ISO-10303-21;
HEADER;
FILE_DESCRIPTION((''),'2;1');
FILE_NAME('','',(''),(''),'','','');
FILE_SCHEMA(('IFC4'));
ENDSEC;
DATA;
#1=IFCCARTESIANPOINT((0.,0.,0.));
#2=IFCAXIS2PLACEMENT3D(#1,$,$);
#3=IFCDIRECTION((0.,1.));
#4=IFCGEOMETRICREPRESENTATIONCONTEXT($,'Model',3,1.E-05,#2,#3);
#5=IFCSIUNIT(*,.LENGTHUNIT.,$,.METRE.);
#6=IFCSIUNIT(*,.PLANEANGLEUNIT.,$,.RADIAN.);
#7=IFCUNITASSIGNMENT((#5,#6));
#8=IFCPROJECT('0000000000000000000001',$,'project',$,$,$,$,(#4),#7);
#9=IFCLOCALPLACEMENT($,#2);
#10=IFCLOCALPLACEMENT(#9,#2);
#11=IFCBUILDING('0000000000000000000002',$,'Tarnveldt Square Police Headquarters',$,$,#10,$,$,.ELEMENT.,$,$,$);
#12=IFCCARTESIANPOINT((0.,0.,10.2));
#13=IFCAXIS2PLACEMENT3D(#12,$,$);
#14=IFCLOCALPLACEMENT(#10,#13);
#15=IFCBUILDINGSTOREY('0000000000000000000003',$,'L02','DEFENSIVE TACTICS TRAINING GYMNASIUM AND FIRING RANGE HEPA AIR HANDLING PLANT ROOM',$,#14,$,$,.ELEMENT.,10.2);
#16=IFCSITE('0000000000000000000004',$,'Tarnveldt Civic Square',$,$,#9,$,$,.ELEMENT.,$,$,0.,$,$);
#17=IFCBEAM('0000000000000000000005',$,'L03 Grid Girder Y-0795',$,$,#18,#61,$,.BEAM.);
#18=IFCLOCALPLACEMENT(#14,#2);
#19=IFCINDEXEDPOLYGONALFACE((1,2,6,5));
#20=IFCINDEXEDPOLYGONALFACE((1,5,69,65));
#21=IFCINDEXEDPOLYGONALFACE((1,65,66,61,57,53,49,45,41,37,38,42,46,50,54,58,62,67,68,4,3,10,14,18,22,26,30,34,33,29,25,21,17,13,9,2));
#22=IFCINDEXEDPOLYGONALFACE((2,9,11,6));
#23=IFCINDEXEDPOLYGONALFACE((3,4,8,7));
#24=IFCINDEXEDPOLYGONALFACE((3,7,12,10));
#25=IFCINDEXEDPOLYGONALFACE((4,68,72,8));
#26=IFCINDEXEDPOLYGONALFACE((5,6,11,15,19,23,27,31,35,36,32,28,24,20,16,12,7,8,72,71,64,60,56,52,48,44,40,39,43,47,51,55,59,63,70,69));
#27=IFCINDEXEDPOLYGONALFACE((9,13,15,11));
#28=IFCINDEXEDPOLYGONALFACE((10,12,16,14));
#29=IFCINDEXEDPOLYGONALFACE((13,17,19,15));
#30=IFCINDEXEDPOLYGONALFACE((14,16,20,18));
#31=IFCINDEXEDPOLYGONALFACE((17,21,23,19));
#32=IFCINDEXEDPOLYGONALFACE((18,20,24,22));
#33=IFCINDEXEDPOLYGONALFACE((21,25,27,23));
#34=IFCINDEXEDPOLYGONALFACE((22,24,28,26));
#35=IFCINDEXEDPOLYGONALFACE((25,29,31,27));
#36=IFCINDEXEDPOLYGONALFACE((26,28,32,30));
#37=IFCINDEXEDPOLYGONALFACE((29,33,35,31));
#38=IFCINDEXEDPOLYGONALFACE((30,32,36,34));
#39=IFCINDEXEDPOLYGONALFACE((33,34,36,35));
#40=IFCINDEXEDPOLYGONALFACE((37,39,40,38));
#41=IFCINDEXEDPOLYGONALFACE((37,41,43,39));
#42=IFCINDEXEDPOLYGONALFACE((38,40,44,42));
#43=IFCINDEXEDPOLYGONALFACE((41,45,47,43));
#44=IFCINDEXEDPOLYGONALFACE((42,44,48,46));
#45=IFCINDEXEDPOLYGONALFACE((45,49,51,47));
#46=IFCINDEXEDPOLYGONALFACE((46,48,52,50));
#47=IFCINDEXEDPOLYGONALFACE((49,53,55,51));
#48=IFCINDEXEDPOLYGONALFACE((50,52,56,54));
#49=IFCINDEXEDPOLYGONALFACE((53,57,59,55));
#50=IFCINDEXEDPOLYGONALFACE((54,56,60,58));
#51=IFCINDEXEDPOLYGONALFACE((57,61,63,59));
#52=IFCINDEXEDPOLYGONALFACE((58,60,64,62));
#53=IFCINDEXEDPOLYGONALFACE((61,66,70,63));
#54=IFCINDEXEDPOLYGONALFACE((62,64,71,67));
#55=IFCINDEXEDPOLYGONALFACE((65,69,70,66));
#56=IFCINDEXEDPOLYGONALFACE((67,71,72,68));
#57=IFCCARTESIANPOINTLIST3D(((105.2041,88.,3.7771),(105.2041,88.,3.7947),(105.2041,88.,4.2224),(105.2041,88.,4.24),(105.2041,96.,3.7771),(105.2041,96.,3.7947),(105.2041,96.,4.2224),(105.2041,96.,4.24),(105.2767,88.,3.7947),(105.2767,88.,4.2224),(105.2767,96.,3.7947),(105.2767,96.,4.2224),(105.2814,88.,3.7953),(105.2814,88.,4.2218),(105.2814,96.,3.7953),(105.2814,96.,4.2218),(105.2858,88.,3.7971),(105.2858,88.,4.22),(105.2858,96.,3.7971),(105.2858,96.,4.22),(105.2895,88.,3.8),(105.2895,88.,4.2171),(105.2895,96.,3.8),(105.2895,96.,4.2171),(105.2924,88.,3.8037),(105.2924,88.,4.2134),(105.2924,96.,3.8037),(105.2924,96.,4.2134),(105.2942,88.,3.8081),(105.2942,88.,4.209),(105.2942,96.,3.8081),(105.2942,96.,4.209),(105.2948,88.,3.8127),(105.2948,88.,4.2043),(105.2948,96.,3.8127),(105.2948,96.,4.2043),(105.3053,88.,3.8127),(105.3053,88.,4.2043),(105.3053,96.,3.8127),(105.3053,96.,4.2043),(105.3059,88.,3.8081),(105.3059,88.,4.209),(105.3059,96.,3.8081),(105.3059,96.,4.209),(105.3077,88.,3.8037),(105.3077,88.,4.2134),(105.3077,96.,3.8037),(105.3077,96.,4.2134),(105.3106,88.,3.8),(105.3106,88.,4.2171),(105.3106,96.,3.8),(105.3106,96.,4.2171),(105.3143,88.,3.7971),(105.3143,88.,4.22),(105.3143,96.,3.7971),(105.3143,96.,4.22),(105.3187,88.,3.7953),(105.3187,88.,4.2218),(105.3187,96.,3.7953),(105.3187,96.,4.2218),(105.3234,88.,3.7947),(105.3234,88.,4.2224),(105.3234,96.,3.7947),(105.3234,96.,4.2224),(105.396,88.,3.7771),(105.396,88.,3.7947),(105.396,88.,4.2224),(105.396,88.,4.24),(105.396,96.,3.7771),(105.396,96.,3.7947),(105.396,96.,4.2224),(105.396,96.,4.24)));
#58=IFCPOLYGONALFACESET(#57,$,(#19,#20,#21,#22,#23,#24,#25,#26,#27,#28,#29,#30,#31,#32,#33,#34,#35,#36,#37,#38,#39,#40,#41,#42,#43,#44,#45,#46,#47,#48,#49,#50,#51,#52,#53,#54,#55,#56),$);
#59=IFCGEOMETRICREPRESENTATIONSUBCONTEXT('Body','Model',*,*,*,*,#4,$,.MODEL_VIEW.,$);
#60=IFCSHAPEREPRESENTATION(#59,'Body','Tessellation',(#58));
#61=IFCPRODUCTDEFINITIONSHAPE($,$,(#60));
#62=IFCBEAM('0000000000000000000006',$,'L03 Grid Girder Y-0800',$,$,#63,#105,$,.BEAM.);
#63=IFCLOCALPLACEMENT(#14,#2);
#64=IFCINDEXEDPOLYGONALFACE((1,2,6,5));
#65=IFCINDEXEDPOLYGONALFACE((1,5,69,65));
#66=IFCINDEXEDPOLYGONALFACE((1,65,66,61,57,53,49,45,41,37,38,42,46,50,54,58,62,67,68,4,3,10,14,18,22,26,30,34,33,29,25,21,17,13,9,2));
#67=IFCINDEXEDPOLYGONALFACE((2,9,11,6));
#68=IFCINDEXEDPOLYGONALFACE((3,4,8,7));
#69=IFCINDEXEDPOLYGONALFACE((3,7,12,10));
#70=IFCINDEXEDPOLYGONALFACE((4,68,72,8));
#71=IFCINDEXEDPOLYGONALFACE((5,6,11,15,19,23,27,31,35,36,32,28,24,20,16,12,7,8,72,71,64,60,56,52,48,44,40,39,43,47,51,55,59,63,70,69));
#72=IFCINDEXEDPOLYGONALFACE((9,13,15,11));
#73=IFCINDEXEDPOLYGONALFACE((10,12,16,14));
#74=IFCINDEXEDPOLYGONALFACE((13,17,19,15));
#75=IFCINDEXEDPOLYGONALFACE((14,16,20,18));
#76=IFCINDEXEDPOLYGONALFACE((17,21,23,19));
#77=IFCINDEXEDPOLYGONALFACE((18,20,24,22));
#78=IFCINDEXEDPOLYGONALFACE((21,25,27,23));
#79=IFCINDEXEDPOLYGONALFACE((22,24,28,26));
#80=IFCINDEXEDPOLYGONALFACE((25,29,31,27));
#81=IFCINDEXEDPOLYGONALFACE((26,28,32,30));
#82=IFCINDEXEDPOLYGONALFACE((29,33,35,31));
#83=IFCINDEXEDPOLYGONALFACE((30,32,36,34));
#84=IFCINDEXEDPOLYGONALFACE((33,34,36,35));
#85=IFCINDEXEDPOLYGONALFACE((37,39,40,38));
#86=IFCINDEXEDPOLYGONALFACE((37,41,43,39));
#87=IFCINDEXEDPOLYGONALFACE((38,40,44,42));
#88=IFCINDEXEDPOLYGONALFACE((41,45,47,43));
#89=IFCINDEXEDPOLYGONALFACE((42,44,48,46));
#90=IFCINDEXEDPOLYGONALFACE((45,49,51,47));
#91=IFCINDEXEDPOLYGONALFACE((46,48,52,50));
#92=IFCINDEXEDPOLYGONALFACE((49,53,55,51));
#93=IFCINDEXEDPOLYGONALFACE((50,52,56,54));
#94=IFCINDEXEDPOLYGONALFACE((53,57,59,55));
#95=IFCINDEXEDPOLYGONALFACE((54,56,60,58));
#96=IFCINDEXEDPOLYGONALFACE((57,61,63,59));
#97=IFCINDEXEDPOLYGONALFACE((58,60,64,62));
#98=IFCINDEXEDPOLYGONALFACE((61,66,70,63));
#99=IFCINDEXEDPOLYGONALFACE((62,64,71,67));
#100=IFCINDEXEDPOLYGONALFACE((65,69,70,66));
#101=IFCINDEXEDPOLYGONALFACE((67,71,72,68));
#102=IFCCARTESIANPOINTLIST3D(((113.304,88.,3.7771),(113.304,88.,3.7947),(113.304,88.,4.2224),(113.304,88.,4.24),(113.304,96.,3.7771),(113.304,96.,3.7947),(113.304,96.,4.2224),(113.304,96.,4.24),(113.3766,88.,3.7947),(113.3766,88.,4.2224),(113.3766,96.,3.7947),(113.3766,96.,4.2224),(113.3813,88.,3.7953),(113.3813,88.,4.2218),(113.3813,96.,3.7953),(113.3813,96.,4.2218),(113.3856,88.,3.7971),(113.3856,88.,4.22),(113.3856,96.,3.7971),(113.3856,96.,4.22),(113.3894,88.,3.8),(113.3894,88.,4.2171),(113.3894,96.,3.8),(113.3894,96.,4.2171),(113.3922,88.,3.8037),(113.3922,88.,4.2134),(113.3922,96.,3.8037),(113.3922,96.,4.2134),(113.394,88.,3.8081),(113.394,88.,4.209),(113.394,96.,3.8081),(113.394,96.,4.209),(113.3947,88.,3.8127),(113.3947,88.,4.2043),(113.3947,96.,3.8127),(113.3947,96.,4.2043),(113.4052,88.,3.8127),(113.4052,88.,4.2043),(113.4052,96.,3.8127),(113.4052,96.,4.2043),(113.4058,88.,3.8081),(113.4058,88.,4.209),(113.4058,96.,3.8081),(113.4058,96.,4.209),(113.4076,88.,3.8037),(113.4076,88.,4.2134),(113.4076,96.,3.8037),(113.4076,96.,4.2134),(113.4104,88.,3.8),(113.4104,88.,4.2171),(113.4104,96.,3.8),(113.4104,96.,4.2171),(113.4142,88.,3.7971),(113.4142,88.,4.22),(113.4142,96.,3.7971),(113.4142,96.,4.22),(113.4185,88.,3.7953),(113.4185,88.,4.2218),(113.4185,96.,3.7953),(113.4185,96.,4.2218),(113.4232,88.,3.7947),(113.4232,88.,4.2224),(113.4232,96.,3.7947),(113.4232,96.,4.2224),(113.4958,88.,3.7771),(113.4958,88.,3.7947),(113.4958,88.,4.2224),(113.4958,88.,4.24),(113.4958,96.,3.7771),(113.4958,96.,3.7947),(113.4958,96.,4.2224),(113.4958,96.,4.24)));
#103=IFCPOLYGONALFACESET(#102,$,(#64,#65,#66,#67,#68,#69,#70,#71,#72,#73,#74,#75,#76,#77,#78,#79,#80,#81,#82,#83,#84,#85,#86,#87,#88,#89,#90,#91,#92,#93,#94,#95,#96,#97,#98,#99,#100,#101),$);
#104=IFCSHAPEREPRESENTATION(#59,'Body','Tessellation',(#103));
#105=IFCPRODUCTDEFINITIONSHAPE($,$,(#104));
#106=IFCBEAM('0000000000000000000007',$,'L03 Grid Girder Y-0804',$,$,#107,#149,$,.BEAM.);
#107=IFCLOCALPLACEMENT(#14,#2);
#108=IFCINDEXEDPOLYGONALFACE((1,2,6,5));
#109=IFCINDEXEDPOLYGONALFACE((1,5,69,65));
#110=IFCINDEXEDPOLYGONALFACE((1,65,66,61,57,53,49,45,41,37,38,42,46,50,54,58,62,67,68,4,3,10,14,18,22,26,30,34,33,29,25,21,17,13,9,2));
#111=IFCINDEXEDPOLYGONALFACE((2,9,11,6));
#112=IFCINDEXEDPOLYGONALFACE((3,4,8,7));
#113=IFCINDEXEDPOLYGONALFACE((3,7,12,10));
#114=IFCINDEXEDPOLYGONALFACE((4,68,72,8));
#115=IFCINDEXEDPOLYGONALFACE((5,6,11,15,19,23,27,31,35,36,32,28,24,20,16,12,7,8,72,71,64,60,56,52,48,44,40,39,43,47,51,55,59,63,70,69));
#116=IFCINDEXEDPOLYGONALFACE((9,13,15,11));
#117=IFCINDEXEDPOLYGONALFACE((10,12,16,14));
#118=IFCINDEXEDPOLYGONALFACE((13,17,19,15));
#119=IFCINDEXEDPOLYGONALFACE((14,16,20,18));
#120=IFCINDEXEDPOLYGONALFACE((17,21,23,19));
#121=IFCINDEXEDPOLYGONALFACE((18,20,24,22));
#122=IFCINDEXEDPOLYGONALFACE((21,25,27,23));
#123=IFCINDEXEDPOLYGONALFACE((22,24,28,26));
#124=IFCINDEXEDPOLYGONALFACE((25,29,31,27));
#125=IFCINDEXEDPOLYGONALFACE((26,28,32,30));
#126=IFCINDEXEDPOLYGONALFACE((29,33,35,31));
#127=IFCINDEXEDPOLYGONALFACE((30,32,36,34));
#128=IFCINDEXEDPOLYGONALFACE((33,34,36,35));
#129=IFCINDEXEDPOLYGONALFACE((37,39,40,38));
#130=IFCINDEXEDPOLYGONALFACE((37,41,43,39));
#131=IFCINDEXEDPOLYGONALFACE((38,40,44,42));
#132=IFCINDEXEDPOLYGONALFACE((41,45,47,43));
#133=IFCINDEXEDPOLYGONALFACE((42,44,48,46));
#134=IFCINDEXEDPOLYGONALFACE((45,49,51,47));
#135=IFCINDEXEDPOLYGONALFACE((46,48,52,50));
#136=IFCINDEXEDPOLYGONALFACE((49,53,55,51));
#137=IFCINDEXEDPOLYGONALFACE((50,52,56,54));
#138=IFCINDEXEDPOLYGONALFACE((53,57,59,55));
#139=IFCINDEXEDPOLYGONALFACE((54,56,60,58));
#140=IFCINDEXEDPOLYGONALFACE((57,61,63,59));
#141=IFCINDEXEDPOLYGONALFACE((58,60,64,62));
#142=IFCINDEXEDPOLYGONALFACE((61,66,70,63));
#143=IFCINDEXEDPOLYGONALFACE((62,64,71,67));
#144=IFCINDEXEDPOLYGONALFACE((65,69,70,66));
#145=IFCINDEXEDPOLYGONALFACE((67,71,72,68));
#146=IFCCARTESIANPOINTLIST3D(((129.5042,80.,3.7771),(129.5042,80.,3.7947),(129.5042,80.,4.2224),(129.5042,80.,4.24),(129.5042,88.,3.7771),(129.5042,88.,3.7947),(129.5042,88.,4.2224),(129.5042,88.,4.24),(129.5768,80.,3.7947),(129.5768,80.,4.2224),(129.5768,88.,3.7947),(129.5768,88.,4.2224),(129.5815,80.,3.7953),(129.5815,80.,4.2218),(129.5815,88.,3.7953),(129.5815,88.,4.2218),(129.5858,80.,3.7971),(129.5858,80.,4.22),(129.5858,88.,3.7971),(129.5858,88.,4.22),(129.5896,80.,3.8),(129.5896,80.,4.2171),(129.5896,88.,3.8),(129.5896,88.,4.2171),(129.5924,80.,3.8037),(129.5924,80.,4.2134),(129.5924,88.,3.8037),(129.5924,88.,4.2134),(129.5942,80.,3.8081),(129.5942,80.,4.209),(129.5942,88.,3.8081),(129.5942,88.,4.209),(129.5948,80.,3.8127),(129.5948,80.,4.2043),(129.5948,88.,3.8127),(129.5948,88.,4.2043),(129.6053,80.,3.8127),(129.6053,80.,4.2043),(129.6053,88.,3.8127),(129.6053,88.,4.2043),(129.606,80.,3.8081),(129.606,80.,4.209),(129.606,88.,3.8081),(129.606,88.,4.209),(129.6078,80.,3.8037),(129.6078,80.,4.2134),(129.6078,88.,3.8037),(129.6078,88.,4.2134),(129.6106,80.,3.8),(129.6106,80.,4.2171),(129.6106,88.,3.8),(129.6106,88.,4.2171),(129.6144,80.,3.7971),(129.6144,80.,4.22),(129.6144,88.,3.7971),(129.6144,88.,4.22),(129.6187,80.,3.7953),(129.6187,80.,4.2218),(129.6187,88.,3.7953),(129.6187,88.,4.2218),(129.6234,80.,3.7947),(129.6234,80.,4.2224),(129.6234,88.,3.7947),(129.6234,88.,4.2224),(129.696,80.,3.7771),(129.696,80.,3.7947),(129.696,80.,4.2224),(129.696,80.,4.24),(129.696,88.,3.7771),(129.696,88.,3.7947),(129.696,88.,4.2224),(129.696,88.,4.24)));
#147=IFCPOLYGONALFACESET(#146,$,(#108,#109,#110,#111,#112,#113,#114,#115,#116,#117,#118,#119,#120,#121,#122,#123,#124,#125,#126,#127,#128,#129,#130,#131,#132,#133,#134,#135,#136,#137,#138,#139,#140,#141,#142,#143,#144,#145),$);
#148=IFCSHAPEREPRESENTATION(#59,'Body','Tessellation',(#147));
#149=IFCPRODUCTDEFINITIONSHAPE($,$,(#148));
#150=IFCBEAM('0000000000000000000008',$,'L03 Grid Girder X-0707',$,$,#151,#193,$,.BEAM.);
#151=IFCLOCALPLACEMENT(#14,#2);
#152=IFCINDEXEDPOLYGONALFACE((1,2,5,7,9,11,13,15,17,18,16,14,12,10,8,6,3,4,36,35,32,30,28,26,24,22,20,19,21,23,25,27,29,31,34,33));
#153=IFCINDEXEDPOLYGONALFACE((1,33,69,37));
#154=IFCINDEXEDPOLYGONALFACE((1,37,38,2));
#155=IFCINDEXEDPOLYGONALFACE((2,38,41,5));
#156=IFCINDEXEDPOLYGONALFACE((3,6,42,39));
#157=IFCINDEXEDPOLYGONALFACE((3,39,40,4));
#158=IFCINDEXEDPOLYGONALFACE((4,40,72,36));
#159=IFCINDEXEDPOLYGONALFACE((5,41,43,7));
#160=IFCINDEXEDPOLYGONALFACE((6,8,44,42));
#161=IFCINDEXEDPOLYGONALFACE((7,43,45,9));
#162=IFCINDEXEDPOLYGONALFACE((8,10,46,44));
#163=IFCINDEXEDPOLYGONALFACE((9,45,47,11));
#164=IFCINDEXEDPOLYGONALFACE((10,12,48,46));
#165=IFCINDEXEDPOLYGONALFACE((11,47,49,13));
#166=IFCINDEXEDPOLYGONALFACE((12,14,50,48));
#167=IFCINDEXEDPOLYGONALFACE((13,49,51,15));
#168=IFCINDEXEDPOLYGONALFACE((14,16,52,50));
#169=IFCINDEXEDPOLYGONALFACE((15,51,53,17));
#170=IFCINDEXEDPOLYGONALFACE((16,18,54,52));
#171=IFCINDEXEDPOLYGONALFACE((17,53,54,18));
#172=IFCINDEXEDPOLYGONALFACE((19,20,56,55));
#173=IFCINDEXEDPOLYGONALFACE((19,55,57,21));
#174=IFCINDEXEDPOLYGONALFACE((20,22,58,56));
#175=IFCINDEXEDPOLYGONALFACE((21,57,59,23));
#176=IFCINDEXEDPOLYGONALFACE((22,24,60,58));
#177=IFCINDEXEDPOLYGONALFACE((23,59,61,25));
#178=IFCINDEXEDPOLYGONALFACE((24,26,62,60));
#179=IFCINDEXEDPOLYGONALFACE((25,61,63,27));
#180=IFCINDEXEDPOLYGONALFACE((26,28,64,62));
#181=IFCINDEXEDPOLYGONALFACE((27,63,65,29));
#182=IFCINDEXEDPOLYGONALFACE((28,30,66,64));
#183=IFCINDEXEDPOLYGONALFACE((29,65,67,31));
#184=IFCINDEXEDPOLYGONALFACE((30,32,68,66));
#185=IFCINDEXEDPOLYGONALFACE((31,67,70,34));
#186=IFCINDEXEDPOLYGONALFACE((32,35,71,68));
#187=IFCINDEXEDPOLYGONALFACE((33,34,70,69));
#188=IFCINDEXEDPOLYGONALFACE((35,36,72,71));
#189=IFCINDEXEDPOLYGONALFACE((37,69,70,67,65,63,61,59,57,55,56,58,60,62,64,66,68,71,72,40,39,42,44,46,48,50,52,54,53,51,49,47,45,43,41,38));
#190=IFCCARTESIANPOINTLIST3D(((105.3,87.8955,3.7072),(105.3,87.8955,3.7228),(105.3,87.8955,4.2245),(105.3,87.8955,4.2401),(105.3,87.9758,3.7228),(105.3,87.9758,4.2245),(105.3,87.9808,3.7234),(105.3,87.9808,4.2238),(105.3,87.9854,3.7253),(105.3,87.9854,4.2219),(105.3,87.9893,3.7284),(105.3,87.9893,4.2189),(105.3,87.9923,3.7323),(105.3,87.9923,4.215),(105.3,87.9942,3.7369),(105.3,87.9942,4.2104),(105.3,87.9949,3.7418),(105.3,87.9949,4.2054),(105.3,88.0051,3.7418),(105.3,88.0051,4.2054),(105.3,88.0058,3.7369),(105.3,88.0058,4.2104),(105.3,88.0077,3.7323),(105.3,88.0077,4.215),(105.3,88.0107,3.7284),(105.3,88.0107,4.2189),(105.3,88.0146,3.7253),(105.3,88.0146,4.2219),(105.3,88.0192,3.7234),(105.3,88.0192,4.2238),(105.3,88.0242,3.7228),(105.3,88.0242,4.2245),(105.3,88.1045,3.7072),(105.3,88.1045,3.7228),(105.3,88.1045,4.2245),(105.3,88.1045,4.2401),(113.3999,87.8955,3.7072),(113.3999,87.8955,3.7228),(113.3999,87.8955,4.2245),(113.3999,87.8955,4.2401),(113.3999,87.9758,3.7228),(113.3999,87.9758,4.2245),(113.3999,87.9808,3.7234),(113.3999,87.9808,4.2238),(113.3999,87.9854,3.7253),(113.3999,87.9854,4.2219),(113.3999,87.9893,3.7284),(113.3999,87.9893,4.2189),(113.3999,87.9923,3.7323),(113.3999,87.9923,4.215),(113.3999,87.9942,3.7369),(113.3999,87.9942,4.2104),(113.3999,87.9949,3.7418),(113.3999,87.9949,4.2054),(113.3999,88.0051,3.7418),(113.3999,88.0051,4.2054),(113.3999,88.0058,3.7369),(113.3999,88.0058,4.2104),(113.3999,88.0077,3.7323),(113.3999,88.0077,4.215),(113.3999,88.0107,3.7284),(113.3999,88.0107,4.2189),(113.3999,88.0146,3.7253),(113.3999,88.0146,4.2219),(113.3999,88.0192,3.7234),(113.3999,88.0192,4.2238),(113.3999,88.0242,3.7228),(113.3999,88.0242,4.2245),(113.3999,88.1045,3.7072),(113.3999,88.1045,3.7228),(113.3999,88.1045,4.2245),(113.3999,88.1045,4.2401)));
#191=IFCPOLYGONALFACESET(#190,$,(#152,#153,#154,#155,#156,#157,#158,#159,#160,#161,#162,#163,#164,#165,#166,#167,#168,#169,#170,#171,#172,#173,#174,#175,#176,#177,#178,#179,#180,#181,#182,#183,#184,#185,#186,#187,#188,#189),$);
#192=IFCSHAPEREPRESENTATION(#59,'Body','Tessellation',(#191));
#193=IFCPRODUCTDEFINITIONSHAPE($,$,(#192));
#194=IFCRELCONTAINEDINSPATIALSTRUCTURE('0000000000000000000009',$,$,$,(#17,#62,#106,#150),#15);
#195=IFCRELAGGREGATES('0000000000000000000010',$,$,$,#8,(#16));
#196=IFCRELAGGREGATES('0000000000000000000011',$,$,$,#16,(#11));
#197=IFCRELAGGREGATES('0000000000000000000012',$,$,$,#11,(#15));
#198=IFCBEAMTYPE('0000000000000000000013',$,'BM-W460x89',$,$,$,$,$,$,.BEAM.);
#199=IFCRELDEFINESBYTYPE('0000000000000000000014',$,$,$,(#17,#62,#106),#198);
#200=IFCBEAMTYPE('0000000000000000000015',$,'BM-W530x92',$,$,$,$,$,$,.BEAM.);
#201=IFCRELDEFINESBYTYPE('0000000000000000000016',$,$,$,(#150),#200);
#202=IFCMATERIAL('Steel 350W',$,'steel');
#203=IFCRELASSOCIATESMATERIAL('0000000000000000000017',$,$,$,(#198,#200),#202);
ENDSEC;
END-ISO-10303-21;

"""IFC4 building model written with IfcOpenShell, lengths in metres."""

from ifc_helpers import new_model, si_unit, direction, frame, origin, origin_2d, place, context, subcontext, project, spatial, i_section, extrude, material, material_profile, profile_set, type_object, element, save


model = new_model("IFC4")

# Units and contexts
model_context = context("Model", 3, precision=1e-05, world=origin(), true_north=direction((0.0, 1.0)))
body_context = subcontext(model_context, "Body", "Model", "MODEL_VIEW")
ifc_project = project(units=[si_unit("LENGTHUNIT", "METRE"), si_unit("PLANEANGLEUNIT", "RADIAN")], contexts=[model_context])

# Site, building, storey
site_placement = place(None, origin())
site = spatial("IfcSite", under=ifc_project, at=site_placement, Name="Tarnveldt Civic Square", CompositionType="ELEMENT", RefElevation=0.0)
building_placement = place(site_placement, origin())
building = spatial("IfcBuilding", under=site, at=building_placement, Name="Tarnveldt Square Police Headquarters", CompositionType="ELEMENT")
storey_placement = place(building_placement, frame((0.0, 0.0, 10.2)))
storey = spatial("IfcBuildingStorey", under=building, at=storey_placement, Name="L02", Description="DEFENSIVE TACTICS TRAINING GYMNASIUM AND FIRING RANGE HEPA AIR HANDLING PLANT ROOM", CompositionType="ELEMENT", Elevation=10.2)

# Beams
ifc_material_1 = material(Name="Steel 350W", Category="steel")
ifc_material_profile_1 = material_profile(ifc_material_1, i_section(OverallWidth=0.1919, OverallDepth=0.4629, WebThickness=0.0105, FlangeThickness=0.0176, FilletRadius=0.0181, at=origin_2d()), Name="W460x89")
ifc_profile_set_1 = profile_set([ifc_material_profile_1], Name="Steel 350W")
beam_type_1 = type_object("IfcBeamType", Name="BM-W460x89", PredefinedType="BEAM", material=ifc_profile_set_1)
for number, where, z_axis, x_axis, name in (
    (1, (105.3, 88.0, 4.0085), (0.0, 1.0, 0.0), (-1.0, 0.0, 0.0), "L03 Grid Girder Y-0795"),
    (2, (113.3999, 88.0, 4.0085), (0.0, 1.0, 0.0), (-1.0, 0.0, 0.0), "L03 Grid Girder Y-0800"),
    (3, (129.6001, 80.0, 4.0085), (0.0, 1.0, 0.0), (-1.0, 0.0, 0.0), "L03 Grid Girder Y-0804"),
):
    element("IfcBeam", number, at=place(storey_placement, frame(where, z_axis=z_axis, x_axis=x_axis)), inside=storey, type_object=beam_type_1, Name=name, PredefinedType="BEAM", context=body_context, shape_type="SweptSolid", body=[
        extrude(i_section(OverallWidth=0.1919, OverallDepth=0.4629, WebThickness=0.0105, FlangeThickness=0.0176, FilletRadius=0.0181, at=origin_2d()), origin(), (0.0, 0.0, 1.0), 8.0),
    ])
ifc_material_profile_2 = material_profile(ifc_material_1, i_section(OverallWidth=0.209, OverallDepth=0.533, WebThickness=0.0103, FlangeThickness=0.0156, FilletRadius=0.019, at=origin_2d()), Name="W530x92")
ifc_profile_set_2 = profile_set([ifc_material_profile_2], Name="Steel 350W")
beam_type_2 = type_object("IfcBeamType", Name="BM-W530x92", PredefinedType="BEAM", material=ifc_profile_set_2)
beam_1_placement = place(storey_placement, frame((105.3, 88.0, 3.9736), z_axis=(1.0, 0.0, 0.0), x_axis=(0.0, 1.0, 0.0)))
element("IfcBeam", 4, at=beam_1_placement, inside=storey, type_object=beam_type_2, Name="L03 Grid Girder X-0707", PredefinedType="BEAM", context=body_context, shape_type="SweptSolid", body=[
    extrude(i_section(OverallWidth=0.209, OverallDepth=0.533, WebThickness=0.0103, FlangeThickness=0.0156, FilletRadius=0.019, at=origin_2d()), origin(), (0.0, 0.0, 1.0), 8.0999),
])

save(model, "model.ifc")
